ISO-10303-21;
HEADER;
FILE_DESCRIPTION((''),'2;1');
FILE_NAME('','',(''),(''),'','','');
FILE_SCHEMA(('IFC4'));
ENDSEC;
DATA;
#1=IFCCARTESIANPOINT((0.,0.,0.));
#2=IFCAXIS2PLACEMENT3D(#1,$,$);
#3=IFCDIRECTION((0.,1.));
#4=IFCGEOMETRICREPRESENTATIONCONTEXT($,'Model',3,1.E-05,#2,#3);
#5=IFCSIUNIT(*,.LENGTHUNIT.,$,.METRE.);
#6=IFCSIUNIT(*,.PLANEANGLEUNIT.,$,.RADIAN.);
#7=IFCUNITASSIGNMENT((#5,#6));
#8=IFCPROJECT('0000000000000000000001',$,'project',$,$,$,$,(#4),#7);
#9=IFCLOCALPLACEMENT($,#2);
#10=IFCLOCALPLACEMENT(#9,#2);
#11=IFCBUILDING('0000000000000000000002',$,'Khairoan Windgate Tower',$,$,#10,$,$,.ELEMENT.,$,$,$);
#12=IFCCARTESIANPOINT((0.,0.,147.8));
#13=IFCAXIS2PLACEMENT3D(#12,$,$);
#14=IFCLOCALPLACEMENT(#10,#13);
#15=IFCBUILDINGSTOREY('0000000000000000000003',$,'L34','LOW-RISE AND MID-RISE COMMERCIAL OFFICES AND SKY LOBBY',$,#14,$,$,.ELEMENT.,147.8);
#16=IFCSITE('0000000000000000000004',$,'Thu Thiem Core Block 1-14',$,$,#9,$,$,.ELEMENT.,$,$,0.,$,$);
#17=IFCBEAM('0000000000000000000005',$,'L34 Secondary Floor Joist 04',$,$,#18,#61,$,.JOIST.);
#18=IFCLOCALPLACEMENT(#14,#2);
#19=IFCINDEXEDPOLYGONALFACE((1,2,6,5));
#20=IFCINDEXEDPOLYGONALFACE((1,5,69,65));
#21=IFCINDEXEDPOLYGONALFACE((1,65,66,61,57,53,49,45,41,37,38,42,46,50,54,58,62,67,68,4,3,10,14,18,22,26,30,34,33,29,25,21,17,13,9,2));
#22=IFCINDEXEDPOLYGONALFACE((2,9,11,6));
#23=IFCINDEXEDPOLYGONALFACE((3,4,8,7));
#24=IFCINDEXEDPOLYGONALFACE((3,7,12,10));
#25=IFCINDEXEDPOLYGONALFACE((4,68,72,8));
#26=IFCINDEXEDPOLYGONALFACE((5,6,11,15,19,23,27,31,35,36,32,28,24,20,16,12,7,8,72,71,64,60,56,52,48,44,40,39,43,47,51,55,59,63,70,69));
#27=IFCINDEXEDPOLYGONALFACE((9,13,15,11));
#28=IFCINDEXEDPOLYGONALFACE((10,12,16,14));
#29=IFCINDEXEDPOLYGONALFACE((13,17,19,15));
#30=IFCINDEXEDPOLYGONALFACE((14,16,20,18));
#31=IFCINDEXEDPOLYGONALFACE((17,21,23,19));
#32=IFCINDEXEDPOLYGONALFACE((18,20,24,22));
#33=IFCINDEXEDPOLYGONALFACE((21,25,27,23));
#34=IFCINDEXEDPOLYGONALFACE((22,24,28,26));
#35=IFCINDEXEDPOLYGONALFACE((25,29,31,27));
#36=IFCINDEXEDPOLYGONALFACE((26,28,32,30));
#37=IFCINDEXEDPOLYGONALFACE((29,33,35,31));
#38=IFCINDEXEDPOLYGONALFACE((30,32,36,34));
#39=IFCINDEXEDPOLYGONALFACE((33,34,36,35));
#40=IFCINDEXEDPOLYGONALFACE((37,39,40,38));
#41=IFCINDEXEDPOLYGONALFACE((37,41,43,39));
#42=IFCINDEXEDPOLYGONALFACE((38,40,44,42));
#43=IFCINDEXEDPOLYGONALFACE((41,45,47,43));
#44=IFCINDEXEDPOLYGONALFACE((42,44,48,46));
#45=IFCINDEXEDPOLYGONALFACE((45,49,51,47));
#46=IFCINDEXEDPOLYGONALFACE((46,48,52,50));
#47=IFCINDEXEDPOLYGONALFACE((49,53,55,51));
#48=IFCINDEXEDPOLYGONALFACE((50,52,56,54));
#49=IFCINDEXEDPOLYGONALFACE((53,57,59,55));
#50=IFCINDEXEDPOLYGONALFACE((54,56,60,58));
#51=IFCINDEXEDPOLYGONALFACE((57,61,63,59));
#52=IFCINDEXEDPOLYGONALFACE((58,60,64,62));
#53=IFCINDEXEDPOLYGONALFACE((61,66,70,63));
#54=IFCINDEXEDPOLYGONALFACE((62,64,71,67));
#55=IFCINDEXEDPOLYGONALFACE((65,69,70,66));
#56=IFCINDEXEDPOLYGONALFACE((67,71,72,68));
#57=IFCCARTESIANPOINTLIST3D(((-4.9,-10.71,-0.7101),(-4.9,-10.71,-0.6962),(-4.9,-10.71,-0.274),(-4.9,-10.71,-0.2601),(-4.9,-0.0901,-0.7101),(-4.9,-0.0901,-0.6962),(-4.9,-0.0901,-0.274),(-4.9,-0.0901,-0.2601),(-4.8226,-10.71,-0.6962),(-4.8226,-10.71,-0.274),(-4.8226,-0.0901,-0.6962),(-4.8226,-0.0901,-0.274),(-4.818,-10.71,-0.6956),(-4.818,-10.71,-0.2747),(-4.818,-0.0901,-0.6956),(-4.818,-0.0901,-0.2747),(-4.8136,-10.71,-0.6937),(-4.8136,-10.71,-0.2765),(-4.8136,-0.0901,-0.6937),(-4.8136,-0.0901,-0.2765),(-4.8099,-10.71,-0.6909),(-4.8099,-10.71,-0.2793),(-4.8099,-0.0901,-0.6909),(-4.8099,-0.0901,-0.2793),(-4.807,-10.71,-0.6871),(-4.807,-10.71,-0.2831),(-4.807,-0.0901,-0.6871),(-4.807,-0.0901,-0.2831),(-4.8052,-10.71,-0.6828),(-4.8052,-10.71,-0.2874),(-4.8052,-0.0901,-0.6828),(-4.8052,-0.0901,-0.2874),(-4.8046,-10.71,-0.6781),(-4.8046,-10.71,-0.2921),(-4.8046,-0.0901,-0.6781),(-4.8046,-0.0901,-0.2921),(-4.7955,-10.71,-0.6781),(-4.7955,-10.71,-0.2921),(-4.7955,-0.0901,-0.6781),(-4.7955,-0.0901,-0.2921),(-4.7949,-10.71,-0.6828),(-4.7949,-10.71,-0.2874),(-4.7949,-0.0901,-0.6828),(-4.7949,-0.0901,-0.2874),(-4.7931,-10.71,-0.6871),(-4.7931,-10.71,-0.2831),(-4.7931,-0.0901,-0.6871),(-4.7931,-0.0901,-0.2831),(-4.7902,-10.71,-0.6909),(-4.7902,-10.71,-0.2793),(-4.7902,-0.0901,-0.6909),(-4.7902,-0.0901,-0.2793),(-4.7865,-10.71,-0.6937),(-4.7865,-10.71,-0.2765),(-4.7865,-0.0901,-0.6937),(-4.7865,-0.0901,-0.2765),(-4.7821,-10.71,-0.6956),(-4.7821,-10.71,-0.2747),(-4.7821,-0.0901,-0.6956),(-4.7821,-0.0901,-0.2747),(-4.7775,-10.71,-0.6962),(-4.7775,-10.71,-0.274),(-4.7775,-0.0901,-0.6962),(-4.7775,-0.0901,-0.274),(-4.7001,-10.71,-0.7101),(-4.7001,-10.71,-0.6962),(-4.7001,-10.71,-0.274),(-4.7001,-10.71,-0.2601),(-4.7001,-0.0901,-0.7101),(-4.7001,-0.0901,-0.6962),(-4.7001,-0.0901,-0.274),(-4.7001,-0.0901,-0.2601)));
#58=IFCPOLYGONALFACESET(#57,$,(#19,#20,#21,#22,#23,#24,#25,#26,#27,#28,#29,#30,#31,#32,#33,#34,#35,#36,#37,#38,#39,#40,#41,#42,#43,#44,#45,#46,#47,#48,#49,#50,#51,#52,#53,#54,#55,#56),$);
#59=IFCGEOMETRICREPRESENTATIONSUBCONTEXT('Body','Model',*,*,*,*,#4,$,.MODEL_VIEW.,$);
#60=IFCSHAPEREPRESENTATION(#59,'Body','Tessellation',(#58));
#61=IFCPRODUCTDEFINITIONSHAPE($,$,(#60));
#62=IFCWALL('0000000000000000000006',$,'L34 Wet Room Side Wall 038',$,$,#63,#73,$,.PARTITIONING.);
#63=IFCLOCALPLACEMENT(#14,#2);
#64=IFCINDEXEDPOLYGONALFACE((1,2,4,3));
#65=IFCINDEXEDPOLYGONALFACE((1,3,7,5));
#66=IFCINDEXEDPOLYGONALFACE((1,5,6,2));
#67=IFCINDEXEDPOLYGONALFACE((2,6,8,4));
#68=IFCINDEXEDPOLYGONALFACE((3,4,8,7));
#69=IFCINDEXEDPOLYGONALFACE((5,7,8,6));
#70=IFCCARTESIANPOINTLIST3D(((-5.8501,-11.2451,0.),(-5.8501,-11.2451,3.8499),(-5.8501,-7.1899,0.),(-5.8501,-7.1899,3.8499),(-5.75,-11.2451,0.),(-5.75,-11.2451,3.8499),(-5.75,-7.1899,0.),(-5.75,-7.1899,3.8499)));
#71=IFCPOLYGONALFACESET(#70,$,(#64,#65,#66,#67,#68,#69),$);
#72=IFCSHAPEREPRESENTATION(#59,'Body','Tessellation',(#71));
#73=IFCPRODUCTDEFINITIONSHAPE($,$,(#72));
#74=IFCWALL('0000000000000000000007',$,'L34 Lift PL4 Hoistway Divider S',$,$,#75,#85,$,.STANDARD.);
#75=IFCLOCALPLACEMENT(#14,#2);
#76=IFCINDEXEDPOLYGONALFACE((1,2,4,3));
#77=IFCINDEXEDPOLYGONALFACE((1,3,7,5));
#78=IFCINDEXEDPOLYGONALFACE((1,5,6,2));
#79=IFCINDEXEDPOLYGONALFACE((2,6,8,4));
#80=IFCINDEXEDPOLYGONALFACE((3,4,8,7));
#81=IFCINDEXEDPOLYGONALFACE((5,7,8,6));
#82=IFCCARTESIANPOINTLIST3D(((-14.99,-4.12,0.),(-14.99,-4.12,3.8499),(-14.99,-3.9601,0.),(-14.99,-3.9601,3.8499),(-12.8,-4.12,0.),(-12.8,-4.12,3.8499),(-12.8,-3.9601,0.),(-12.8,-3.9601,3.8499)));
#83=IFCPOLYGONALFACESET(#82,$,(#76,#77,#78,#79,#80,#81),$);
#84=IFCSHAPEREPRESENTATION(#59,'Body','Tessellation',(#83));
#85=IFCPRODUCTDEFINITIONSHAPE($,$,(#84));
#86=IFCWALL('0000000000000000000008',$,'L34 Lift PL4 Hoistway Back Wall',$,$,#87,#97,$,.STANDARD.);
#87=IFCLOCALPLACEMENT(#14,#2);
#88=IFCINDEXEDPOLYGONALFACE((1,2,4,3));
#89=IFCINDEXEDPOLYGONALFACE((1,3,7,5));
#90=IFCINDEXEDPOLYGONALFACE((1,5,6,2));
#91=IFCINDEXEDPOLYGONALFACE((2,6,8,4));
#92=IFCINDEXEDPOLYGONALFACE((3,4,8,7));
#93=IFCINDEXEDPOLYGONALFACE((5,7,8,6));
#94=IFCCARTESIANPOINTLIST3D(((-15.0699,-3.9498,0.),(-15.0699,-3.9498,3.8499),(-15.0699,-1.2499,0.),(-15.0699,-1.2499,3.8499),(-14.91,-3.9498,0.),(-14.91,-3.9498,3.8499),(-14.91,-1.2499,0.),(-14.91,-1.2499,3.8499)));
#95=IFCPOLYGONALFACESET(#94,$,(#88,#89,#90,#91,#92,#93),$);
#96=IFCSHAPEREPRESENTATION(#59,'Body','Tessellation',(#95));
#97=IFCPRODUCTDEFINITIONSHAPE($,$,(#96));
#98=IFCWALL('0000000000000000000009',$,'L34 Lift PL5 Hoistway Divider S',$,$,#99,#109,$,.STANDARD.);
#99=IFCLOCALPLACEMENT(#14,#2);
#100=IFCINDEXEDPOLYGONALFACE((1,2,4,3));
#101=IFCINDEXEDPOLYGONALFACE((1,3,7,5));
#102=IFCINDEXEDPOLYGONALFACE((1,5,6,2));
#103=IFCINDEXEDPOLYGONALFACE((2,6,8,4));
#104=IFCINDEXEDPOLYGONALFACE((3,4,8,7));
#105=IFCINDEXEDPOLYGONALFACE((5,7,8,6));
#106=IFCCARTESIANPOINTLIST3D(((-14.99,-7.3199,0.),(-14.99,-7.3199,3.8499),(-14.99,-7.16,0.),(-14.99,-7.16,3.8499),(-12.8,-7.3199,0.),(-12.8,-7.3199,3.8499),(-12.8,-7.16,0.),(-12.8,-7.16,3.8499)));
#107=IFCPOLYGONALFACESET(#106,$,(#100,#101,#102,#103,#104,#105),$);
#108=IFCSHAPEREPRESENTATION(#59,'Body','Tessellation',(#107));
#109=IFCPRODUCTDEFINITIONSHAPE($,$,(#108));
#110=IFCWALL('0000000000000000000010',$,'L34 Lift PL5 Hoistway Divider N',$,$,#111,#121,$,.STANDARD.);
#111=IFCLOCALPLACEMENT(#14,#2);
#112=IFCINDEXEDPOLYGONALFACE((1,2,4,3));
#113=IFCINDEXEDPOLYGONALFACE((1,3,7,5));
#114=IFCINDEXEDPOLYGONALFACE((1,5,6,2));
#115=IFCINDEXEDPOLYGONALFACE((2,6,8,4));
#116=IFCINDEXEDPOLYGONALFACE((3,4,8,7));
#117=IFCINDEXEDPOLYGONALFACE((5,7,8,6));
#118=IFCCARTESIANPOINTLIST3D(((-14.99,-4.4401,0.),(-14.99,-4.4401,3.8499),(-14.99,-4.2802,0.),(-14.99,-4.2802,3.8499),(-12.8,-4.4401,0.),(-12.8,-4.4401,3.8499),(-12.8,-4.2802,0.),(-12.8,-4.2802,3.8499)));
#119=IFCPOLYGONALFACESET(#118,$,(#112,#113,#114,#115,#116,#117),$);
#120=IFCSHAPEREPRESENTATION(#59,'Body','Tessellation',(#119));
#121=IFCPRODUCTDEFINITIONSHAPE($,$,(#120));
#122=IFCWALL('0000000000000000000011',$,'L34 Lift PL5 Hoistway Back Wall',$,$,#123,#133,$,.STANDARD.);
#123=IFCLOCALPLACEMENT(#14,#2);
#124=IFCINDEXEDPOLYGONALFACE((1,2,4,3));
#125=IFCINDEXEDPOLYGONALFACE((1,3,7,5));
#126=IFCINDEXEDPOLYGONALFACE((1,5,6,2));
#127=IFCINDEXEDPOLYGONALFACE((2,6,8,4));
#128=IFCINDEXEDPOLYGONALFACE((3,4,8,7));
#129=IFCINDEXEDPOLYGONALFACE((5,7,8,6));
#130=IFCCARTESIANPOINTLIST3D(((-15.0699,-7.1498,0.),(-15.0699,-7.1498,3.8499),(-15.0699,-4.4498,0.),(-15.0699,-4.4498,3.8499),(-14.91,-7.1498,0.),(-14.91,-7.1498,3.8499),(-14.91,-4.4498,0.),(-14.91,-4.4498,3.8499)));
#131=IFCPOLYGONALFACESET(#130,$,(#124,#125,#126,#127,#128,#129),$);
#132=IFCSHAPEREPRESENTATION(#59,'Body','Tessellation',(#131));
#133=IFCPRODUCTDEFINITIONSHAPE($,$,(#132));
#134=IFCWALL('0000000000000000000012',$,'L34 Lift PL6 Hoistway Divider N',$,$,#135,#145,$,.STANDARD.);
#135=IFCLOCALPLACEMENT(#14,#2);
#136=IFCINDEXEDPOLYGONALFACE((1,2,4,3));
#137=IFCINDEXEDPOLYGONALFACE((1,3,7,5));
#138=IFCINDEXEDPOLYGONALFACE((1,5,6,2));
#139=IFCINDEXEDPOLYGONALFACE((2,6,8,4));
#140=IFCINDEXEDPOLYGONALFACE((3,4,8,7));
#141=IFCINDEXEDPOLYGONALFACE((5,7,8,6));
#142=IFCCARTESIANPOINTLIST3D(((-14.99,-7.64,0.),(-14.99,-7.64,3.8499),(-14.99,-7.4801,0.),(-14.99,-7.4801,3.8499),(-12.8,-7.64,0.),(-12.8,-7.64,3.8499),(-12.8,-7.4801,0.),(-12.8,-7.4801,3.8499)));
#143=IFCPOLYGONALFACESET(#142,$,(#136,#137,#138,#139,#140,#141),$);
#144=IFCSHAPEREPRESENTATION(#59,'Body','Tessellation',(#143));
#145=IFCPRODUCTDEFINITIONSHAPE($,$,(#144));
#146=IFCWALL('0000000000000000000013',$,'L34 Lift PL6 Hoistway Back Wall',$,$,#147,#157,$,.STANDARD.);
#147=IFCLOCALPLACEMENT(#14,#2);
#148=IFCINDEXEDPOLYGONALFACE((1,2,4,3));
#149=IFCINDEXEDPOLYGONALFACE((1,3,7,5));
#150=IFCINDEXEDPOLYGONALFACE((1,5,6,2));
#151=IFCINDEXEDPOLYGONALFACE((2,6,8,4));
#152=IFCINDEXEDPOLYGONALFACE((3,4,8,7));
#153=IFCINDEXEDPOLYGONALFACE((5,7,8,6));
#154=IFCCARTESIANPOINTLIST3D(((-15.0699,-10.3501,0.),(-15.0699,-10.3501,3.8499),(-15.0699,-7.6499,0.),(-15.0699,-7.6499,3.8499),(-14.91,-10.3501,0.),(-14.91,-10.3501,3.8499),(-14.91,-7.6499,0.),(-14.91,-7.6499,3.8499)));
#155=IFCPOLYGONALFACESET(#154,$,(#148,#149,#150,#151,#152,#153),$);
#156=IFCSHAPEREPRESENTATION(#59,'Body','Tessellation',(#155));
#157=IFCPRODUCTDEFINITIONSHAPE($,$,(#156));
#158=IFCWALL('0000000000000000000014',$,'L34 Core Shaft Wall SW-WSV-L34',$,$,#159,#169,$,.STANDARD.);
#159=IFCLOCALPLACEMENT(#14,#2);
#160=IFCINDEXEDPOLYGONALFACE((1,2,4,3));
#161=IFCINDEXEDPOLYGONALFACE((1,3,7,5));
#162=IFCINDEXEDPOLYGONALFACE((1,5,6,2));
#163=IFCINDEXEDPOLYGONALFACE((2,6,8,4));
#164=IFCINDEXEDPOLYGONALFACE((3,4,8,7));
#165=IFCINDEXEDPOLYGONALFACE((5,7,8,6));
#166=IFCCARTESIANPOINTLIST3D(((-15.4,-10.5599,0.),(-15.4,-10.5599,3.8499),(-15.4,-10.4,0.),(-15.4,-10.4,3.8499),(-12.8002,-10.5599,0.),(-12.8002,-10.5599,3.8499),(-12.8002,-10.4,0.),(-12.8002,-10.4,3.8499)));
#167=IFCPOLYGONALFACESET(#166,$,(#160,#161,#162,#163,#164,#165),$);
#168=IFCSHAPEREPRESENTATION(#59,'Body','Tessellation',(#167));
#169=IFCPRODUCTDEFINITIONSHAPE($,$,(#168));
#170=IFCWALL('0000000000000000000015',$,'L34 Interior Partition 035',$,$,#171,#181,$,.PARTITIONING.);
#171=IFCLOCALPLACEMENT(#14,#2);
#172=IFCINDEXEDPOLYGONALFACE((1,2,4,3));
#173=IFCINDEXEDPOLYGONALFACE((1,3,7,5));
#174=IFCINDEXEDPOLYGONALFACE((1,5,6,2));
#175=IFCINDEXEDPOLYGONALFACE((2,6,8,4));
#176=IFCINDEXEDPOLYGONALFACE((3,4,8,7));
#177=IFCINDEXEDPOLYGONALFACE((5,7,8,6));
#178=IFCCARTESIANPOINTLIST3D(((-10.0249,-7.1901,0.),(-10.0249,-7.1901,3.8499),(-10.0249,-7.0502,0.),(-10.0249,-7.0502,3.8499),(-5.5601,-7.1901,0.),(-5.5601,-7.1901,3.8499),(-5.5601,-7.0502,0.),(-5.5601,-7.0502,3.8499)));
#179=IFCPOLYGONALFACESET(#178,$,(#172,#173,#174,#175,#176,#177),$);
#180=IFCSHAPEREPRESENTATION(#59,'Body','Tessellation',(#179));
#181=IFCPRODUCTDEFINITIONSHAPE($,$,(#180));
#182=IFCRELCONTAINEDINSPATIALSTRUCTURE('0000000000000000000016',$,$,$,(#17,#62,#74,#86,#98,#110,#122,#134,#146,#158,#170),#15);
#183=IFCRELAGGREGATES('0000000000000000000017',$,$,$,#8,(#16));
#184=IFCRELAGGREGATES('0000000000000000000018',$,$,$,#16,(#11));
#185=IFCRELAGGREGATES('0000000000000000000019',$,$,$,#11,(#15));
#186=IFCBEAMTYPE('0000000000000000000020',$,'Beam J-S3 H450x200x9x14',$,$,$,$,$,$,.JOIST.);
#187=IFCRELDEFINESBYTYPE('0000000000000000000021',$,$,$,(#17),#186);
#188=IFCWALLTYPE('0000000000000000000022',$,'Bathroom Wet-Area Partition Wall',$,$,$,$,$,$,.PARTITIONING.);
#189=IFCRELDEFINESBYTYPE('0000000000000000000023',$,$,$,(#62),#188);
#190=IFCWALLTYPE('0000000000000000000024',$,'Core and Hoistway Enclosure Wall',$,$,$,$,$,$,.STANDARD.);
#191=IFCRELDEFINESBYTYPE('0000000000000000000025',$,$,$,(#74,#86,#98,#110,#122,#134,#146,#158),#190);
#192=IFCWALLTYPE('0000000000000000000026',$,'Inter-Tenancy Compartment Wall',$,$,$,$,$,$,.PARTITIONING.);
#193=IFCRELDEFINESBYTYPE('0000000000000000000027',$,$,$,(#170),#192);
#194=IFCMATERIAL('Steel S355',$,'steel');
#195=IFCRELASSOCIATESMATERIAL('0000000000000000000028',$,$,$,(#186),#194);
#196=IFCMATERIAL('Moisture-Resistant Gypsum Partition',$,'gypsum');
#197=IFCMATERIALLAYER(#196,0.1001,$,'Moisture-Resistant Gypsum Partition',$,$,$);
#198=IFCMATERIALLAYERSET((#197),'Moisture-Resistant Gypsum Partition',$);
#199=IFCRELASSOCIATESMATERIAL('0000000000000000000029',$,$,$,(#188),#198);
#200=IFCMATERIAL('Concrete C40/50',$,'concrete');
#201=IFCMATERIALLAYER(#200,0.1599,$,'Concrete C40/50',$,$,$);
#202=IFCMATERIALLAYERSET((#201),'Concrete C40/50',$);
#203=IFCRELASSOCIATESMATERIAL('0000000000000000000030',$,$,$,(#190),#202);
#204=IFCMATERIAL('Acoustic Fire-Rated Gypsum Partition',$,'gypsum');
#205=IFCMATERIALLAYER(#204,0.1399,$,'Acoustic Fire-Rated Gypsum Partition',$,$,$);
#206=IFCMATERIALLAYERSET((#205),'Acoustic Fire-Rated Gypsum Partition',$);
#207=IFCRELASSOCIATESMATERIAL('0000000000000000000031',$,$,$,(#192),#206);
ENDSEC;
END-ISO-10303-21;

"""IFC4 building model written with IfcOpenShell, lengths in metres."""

from ifc_helpers import new_model, si_unit, direction, frame, frame_2d, origin, origin_2d, place, context, subcontext, project, spatial, rectangle, i_section, extrude, material, layer, layer_set, material_profile, profile_set, type_object, element, save


model = new_model("IFC4")

# Units and contexts
model_context = context("Model", 3, precision=1e-05, world=origin(), true_north=direction((0.0, 1.0)))
body_context = subcontext(model_context, "Body", "Model", "MODEL_VIEW")
ifc_project = project(units=[si_unit("LENGTHUNIT", "METRE"), si_unit("PLANEANGLEUNIT", "RADIAN")], contexts=[model_context])

# Site, building, storey
site_placement = place(None, origin())
site = spatial("IfcSite", under=ifc_project, at=site_placement, Name="Thu Thiem Core Block 1-14", CompositionType="ELEMENT", RefElevation=0.0)
building_placement = place(site_placement, origin())
building = spatial("IfcBuilding", under=site, at=building_placement, Name="Khairoan Windgate Tower", CompositionType="ELEMENT")
storey_placement = place(building_placement, frame((0.0, 0.0, 147.8)))
storey = spatial("IfcBuildingStorey", under=building, at=storey_placement, Name="L34", Description="LOW-RISE AND MID-RISE COMMERCIAL OFFICES AND SKY LOBBY", CompositionType="ELEMENT", Elevation=147.8)

# Beam
ifc_material_1 = material(Name="Steel S355", Category="steel")
ifc_material_profile_1 = material_profile(ifc_material_1, i_section(OverallWidth=0.2, OverallDepth=0.45, WebThickness=0.009, FlangeThickness=0.0139, FilletRadius=0.0181, at=origin_2d()))
ifc_profile_set_1 = profile_set([ifc_material_profile_1], Name="Steel S355")
beam_type_1 = type_object("IfcBeamType", Name="Beam J-S3 H450x200x9x14", PredefinedType="JOIST", material=ifc_profile_set_1)
beam_1_placement = place(storey_placement, frame((-4.8, -10.71, -0.4851), z_axis=(0.0, 1.0, 0.0), x_axis=(-1.0, 0.0, 0.0)))
element("IfcBeam", 1, at=beam_1_placement, inside=storey, type_object=beam_type_1, Name="L34 Secondary Floor Joist 04", PredefinedType="JOIST", context=body_context, shape_type="SweptSolid", body=[
    extrude(i_section(OverallWidth=0.2, OverallDepth=0.45, WebThickness=0.009, FlangeThickness=0.0139, FilletRadius=0.0181, at=origin_2d()), origin(), (0.0, 0.0, 1.0), 10.6199),
])

# Walls
ifc_material_2 = material(Name="Moisture-Resistant Gypsum Partition", Category="gypsum")
ifc_layer_1 = layer(ifc_material_2, 0.1001, Name="Moisture-Resistant Gypsum Partition")
ifc_layer_set_1 = layer_set([ifc_layer_1], Name="Moisture-Resistant Gypsum Partition")
wall_type_1 = type_object("IfcWallType", Name="Bathroom Wet-Area Partition Wall", PredefinedType="PARTITIONING", material=ifc_layer_set_1)
wall_1_placement = place(storey_placement, frame((-5.8, -7.1899, 0.0), z_axis=(0.0, 0.0, 1.0), x_axis=(0.0, -1.0, 0.0)))
element("IfcWall", 2, at=wall_1_placement, inside=storey, type_object=wall_type_1, Name="L34 Wet Room Side Wall 038", PredefinedType="PARTITIONING", context=body_context, shape_type="SweptSolid", body=[
    extrude(rectangle(XDim=4.0552, YDim=0.1001, at=frame_2d((2.0276, 0.0))), origin(), (0.0, 0.0, 1.0), 3.8499),
])
ifc_material_3 = material(Name="Concrete C40/50", Category="concrete")
ifc_layer_2 = layer(ifc_material_3, 0.1599, Name="Concrete C40/50")
ifc_layer_set_2 = layer_set([ifc_layer_2], Name="Concrete C40/50")
wall_type_2 = type_object("IfcWallType", Name="Core and Hoistway Enclosure Wall", PredefinedType="STANDARD", material=ifc_layer_set_2)
wall_2_placement = place(storey_placement, frame((-14.99, -4.04, 0.0), z_axis=(0.0, 0.0, 1.0), x_axis=(1.0, 0.0, 0.0)))
element("IfcWall", 3, at=wall_2_placement, inside=storey, type_object=wall_type_2, Name="L34 Lift PL4 Hoistway Divider S", PredefinedType="STANDARD", context=body_context, shape_type="SweptSolid", body=[
    extrude(rectangle(XDim=2.1899, YDim=0.1599, at=frame_2d((1.095, 0.0))), origin(), (0.0, 0.0, 1.0), 3.8499),
])
wall_3_placement = place(storey_placement, frame((-14.99, -3.95, 0.0), z_axis=(0.0, 0.0, 1.0), x_axis=(0.0, 1.0, 0.0)))
element("IfcWall", 4, at=wall_3_placement, inside=storey, type_object=wall_type_2, Name="L34 Lift PL4 Hoistway Back Wall", PredefinedType="STANDARD", context=body_context, shape_type="SweptSolid", body=[
    extrude(rectangle(XDim=2.7, YDim=0.1599, at=frame_2d((1.3501, 0.0))), origin(), (0.0, 0.0, 1.0), 3.8499),
])
for number, where, z_axis, x_axis, name in (
    (5, (-14.99, -7.24, 0.0), (0.0, 0.0, 1.0), (1.0, 0.0, 0.0), "L34 Lift PL5 Hoistway Divider S"),
    (6, (-14.99, -4.3601, 0.0), (0.0, 0.0, 1.0), (1.0, 0.0, 0.0), "L34 Lift PL5 Hoistway Divider N"),
):
    element("IfcWall", number, at=place(storey_placement, frame(where, z_axis=z_axis, x_axis=x_axis)), inside=storey, type_object=wall_type_2, Name=name, PredefinedType="STANDARD", context=body_context, shape_type="SweptSolid", body=[
        extrude(rectangle(XDim=2.1899, YDim=0.1599, at=frame_2d((1.095, 0.0))), origin(), (0.0, 0.0, 1.0), 3.8499),
    ])
wall_4_placement = place(storey_placement, frame((-14.99, -7.1499, 0.0), z_axis=(0.0, 0.0, 1.0), x_axis=(0.0, 1.0, 0.0)))
element("IfcWall", 7, at=wall_4_placement, inside=storey, type_object=wall_type_2, Name="L34 Lift PL5 Hoistway Back Wall", PredefinedType="STANDARD", context=body_context, shape_type="SweptSolid", body=[
    extrude(rectangle(XDim=2.7, YDim=0.1599, at=frame_2d((1.3501, 0.0))), origin(), (0.0, 0.0, 1.0), 3.8499),
])
wall_5_placement = place(storey_placement, frame((-14.99, -7.5601, 0.0), z_axis=(0.0, 0.0, 1.0), x_axis=(1.0, 0.0, 0.0)))
element("IfcWall", 8, at=wall_5_placement, inside=storey, type_object=wall_type_2, Name="L34 Lift PL6 Hoistway Divider N", PredefinedType="STANDARD", context=body_context, shape_type="SweptSolid", body=[
    extrude(rectangle(XDim=2.1899, YDim=0.1599, at=frame_2d((1.095, 0.0))), origin(), (0.0, 0.0, 1.0), 3.8499),
])
wall_6_placement = place(storey_placement, frame((-14.99, -10.3501, 0.0), z_axis=(0.0, 0.0, 1.0), x_axis=(0.0, 1.0, 0.0)))
element("IfcWall", 9, at=wall_6_placement, inside=storey, type_object=wall_type_2, Name="L34 Lift PL6 Hoistway Back Wall", PredefinedType="STANDARD", context=body_context, shape_type="SweptSolid", body=[
    extrude(rectangle(XDim=2.7002, YDim=0.1599, at=frame_2d((1.3501, 0.0))), origin(), (0.0, 0.0, 1.0), 3.8499),
])
wall_7_placement = place(storey_placement, frame((-15.3999, -10.48, 0.0), z_axis=(0.0, 0.0, 1.0), x_axis=(1.0, 0.0, 0.0)))
element("IfcWall", 10, at=wall_7_placement, inside=storey, type_object=wall_type_2, Name="L34 Core Shaft Wall SW-WSV-L34", PredefinedType="STANDARD", context=body_context, shape_type="SweptSolid", body=[
    extrude(rectangle(XDim=2.5999, YDim=0.1599, at=frame_2d((1.2998, 0.0))), origin(), (0.0, 0.0, 1.0), 3.8499),
])
ifc_material_4 = material(Name="Acoustic Fire-Rated Gypsum Partition", Category="gypsum")
ifc_layer_3 = layer(ifc_material_4, 0.1399, Name="Acoustic Fire-Rated Gypsum Partition")
ifc_layer_set_3 = layer_set([ifc_layer_3], Name="Acoustic Fire-Rated Gypsum Partition")
wall_type_3 = type_object("IfcWallType", Name="Inter-Tenancy Compartment Wall", PredefinedType="PARTITIONING", material=ifc_layer_set_3)
wall_8_placement = place(storey_placement, frame((-10.0249, -7.1201, 0.0), z_axis=(0.0, 0.0, 1.0), x_axis=(1.0, 0.0, 0.0)))
element("IfcWall", 11, at=wall_8_placement, inside=storey, type_object=wall_type_3, Name="L34 Interior Partition 035", PredefinedType="PARTITIONING", context=body_context, shape_type="SweptSolid", body=[
    extrude(rectangle(XDim=4.4648, YDim=0.1399, at=frame_2d((2.2324, 0.0))), origin(), (0.0, 0.0, 1.0), 3.8499),
])

save(model, "model.ifc")
